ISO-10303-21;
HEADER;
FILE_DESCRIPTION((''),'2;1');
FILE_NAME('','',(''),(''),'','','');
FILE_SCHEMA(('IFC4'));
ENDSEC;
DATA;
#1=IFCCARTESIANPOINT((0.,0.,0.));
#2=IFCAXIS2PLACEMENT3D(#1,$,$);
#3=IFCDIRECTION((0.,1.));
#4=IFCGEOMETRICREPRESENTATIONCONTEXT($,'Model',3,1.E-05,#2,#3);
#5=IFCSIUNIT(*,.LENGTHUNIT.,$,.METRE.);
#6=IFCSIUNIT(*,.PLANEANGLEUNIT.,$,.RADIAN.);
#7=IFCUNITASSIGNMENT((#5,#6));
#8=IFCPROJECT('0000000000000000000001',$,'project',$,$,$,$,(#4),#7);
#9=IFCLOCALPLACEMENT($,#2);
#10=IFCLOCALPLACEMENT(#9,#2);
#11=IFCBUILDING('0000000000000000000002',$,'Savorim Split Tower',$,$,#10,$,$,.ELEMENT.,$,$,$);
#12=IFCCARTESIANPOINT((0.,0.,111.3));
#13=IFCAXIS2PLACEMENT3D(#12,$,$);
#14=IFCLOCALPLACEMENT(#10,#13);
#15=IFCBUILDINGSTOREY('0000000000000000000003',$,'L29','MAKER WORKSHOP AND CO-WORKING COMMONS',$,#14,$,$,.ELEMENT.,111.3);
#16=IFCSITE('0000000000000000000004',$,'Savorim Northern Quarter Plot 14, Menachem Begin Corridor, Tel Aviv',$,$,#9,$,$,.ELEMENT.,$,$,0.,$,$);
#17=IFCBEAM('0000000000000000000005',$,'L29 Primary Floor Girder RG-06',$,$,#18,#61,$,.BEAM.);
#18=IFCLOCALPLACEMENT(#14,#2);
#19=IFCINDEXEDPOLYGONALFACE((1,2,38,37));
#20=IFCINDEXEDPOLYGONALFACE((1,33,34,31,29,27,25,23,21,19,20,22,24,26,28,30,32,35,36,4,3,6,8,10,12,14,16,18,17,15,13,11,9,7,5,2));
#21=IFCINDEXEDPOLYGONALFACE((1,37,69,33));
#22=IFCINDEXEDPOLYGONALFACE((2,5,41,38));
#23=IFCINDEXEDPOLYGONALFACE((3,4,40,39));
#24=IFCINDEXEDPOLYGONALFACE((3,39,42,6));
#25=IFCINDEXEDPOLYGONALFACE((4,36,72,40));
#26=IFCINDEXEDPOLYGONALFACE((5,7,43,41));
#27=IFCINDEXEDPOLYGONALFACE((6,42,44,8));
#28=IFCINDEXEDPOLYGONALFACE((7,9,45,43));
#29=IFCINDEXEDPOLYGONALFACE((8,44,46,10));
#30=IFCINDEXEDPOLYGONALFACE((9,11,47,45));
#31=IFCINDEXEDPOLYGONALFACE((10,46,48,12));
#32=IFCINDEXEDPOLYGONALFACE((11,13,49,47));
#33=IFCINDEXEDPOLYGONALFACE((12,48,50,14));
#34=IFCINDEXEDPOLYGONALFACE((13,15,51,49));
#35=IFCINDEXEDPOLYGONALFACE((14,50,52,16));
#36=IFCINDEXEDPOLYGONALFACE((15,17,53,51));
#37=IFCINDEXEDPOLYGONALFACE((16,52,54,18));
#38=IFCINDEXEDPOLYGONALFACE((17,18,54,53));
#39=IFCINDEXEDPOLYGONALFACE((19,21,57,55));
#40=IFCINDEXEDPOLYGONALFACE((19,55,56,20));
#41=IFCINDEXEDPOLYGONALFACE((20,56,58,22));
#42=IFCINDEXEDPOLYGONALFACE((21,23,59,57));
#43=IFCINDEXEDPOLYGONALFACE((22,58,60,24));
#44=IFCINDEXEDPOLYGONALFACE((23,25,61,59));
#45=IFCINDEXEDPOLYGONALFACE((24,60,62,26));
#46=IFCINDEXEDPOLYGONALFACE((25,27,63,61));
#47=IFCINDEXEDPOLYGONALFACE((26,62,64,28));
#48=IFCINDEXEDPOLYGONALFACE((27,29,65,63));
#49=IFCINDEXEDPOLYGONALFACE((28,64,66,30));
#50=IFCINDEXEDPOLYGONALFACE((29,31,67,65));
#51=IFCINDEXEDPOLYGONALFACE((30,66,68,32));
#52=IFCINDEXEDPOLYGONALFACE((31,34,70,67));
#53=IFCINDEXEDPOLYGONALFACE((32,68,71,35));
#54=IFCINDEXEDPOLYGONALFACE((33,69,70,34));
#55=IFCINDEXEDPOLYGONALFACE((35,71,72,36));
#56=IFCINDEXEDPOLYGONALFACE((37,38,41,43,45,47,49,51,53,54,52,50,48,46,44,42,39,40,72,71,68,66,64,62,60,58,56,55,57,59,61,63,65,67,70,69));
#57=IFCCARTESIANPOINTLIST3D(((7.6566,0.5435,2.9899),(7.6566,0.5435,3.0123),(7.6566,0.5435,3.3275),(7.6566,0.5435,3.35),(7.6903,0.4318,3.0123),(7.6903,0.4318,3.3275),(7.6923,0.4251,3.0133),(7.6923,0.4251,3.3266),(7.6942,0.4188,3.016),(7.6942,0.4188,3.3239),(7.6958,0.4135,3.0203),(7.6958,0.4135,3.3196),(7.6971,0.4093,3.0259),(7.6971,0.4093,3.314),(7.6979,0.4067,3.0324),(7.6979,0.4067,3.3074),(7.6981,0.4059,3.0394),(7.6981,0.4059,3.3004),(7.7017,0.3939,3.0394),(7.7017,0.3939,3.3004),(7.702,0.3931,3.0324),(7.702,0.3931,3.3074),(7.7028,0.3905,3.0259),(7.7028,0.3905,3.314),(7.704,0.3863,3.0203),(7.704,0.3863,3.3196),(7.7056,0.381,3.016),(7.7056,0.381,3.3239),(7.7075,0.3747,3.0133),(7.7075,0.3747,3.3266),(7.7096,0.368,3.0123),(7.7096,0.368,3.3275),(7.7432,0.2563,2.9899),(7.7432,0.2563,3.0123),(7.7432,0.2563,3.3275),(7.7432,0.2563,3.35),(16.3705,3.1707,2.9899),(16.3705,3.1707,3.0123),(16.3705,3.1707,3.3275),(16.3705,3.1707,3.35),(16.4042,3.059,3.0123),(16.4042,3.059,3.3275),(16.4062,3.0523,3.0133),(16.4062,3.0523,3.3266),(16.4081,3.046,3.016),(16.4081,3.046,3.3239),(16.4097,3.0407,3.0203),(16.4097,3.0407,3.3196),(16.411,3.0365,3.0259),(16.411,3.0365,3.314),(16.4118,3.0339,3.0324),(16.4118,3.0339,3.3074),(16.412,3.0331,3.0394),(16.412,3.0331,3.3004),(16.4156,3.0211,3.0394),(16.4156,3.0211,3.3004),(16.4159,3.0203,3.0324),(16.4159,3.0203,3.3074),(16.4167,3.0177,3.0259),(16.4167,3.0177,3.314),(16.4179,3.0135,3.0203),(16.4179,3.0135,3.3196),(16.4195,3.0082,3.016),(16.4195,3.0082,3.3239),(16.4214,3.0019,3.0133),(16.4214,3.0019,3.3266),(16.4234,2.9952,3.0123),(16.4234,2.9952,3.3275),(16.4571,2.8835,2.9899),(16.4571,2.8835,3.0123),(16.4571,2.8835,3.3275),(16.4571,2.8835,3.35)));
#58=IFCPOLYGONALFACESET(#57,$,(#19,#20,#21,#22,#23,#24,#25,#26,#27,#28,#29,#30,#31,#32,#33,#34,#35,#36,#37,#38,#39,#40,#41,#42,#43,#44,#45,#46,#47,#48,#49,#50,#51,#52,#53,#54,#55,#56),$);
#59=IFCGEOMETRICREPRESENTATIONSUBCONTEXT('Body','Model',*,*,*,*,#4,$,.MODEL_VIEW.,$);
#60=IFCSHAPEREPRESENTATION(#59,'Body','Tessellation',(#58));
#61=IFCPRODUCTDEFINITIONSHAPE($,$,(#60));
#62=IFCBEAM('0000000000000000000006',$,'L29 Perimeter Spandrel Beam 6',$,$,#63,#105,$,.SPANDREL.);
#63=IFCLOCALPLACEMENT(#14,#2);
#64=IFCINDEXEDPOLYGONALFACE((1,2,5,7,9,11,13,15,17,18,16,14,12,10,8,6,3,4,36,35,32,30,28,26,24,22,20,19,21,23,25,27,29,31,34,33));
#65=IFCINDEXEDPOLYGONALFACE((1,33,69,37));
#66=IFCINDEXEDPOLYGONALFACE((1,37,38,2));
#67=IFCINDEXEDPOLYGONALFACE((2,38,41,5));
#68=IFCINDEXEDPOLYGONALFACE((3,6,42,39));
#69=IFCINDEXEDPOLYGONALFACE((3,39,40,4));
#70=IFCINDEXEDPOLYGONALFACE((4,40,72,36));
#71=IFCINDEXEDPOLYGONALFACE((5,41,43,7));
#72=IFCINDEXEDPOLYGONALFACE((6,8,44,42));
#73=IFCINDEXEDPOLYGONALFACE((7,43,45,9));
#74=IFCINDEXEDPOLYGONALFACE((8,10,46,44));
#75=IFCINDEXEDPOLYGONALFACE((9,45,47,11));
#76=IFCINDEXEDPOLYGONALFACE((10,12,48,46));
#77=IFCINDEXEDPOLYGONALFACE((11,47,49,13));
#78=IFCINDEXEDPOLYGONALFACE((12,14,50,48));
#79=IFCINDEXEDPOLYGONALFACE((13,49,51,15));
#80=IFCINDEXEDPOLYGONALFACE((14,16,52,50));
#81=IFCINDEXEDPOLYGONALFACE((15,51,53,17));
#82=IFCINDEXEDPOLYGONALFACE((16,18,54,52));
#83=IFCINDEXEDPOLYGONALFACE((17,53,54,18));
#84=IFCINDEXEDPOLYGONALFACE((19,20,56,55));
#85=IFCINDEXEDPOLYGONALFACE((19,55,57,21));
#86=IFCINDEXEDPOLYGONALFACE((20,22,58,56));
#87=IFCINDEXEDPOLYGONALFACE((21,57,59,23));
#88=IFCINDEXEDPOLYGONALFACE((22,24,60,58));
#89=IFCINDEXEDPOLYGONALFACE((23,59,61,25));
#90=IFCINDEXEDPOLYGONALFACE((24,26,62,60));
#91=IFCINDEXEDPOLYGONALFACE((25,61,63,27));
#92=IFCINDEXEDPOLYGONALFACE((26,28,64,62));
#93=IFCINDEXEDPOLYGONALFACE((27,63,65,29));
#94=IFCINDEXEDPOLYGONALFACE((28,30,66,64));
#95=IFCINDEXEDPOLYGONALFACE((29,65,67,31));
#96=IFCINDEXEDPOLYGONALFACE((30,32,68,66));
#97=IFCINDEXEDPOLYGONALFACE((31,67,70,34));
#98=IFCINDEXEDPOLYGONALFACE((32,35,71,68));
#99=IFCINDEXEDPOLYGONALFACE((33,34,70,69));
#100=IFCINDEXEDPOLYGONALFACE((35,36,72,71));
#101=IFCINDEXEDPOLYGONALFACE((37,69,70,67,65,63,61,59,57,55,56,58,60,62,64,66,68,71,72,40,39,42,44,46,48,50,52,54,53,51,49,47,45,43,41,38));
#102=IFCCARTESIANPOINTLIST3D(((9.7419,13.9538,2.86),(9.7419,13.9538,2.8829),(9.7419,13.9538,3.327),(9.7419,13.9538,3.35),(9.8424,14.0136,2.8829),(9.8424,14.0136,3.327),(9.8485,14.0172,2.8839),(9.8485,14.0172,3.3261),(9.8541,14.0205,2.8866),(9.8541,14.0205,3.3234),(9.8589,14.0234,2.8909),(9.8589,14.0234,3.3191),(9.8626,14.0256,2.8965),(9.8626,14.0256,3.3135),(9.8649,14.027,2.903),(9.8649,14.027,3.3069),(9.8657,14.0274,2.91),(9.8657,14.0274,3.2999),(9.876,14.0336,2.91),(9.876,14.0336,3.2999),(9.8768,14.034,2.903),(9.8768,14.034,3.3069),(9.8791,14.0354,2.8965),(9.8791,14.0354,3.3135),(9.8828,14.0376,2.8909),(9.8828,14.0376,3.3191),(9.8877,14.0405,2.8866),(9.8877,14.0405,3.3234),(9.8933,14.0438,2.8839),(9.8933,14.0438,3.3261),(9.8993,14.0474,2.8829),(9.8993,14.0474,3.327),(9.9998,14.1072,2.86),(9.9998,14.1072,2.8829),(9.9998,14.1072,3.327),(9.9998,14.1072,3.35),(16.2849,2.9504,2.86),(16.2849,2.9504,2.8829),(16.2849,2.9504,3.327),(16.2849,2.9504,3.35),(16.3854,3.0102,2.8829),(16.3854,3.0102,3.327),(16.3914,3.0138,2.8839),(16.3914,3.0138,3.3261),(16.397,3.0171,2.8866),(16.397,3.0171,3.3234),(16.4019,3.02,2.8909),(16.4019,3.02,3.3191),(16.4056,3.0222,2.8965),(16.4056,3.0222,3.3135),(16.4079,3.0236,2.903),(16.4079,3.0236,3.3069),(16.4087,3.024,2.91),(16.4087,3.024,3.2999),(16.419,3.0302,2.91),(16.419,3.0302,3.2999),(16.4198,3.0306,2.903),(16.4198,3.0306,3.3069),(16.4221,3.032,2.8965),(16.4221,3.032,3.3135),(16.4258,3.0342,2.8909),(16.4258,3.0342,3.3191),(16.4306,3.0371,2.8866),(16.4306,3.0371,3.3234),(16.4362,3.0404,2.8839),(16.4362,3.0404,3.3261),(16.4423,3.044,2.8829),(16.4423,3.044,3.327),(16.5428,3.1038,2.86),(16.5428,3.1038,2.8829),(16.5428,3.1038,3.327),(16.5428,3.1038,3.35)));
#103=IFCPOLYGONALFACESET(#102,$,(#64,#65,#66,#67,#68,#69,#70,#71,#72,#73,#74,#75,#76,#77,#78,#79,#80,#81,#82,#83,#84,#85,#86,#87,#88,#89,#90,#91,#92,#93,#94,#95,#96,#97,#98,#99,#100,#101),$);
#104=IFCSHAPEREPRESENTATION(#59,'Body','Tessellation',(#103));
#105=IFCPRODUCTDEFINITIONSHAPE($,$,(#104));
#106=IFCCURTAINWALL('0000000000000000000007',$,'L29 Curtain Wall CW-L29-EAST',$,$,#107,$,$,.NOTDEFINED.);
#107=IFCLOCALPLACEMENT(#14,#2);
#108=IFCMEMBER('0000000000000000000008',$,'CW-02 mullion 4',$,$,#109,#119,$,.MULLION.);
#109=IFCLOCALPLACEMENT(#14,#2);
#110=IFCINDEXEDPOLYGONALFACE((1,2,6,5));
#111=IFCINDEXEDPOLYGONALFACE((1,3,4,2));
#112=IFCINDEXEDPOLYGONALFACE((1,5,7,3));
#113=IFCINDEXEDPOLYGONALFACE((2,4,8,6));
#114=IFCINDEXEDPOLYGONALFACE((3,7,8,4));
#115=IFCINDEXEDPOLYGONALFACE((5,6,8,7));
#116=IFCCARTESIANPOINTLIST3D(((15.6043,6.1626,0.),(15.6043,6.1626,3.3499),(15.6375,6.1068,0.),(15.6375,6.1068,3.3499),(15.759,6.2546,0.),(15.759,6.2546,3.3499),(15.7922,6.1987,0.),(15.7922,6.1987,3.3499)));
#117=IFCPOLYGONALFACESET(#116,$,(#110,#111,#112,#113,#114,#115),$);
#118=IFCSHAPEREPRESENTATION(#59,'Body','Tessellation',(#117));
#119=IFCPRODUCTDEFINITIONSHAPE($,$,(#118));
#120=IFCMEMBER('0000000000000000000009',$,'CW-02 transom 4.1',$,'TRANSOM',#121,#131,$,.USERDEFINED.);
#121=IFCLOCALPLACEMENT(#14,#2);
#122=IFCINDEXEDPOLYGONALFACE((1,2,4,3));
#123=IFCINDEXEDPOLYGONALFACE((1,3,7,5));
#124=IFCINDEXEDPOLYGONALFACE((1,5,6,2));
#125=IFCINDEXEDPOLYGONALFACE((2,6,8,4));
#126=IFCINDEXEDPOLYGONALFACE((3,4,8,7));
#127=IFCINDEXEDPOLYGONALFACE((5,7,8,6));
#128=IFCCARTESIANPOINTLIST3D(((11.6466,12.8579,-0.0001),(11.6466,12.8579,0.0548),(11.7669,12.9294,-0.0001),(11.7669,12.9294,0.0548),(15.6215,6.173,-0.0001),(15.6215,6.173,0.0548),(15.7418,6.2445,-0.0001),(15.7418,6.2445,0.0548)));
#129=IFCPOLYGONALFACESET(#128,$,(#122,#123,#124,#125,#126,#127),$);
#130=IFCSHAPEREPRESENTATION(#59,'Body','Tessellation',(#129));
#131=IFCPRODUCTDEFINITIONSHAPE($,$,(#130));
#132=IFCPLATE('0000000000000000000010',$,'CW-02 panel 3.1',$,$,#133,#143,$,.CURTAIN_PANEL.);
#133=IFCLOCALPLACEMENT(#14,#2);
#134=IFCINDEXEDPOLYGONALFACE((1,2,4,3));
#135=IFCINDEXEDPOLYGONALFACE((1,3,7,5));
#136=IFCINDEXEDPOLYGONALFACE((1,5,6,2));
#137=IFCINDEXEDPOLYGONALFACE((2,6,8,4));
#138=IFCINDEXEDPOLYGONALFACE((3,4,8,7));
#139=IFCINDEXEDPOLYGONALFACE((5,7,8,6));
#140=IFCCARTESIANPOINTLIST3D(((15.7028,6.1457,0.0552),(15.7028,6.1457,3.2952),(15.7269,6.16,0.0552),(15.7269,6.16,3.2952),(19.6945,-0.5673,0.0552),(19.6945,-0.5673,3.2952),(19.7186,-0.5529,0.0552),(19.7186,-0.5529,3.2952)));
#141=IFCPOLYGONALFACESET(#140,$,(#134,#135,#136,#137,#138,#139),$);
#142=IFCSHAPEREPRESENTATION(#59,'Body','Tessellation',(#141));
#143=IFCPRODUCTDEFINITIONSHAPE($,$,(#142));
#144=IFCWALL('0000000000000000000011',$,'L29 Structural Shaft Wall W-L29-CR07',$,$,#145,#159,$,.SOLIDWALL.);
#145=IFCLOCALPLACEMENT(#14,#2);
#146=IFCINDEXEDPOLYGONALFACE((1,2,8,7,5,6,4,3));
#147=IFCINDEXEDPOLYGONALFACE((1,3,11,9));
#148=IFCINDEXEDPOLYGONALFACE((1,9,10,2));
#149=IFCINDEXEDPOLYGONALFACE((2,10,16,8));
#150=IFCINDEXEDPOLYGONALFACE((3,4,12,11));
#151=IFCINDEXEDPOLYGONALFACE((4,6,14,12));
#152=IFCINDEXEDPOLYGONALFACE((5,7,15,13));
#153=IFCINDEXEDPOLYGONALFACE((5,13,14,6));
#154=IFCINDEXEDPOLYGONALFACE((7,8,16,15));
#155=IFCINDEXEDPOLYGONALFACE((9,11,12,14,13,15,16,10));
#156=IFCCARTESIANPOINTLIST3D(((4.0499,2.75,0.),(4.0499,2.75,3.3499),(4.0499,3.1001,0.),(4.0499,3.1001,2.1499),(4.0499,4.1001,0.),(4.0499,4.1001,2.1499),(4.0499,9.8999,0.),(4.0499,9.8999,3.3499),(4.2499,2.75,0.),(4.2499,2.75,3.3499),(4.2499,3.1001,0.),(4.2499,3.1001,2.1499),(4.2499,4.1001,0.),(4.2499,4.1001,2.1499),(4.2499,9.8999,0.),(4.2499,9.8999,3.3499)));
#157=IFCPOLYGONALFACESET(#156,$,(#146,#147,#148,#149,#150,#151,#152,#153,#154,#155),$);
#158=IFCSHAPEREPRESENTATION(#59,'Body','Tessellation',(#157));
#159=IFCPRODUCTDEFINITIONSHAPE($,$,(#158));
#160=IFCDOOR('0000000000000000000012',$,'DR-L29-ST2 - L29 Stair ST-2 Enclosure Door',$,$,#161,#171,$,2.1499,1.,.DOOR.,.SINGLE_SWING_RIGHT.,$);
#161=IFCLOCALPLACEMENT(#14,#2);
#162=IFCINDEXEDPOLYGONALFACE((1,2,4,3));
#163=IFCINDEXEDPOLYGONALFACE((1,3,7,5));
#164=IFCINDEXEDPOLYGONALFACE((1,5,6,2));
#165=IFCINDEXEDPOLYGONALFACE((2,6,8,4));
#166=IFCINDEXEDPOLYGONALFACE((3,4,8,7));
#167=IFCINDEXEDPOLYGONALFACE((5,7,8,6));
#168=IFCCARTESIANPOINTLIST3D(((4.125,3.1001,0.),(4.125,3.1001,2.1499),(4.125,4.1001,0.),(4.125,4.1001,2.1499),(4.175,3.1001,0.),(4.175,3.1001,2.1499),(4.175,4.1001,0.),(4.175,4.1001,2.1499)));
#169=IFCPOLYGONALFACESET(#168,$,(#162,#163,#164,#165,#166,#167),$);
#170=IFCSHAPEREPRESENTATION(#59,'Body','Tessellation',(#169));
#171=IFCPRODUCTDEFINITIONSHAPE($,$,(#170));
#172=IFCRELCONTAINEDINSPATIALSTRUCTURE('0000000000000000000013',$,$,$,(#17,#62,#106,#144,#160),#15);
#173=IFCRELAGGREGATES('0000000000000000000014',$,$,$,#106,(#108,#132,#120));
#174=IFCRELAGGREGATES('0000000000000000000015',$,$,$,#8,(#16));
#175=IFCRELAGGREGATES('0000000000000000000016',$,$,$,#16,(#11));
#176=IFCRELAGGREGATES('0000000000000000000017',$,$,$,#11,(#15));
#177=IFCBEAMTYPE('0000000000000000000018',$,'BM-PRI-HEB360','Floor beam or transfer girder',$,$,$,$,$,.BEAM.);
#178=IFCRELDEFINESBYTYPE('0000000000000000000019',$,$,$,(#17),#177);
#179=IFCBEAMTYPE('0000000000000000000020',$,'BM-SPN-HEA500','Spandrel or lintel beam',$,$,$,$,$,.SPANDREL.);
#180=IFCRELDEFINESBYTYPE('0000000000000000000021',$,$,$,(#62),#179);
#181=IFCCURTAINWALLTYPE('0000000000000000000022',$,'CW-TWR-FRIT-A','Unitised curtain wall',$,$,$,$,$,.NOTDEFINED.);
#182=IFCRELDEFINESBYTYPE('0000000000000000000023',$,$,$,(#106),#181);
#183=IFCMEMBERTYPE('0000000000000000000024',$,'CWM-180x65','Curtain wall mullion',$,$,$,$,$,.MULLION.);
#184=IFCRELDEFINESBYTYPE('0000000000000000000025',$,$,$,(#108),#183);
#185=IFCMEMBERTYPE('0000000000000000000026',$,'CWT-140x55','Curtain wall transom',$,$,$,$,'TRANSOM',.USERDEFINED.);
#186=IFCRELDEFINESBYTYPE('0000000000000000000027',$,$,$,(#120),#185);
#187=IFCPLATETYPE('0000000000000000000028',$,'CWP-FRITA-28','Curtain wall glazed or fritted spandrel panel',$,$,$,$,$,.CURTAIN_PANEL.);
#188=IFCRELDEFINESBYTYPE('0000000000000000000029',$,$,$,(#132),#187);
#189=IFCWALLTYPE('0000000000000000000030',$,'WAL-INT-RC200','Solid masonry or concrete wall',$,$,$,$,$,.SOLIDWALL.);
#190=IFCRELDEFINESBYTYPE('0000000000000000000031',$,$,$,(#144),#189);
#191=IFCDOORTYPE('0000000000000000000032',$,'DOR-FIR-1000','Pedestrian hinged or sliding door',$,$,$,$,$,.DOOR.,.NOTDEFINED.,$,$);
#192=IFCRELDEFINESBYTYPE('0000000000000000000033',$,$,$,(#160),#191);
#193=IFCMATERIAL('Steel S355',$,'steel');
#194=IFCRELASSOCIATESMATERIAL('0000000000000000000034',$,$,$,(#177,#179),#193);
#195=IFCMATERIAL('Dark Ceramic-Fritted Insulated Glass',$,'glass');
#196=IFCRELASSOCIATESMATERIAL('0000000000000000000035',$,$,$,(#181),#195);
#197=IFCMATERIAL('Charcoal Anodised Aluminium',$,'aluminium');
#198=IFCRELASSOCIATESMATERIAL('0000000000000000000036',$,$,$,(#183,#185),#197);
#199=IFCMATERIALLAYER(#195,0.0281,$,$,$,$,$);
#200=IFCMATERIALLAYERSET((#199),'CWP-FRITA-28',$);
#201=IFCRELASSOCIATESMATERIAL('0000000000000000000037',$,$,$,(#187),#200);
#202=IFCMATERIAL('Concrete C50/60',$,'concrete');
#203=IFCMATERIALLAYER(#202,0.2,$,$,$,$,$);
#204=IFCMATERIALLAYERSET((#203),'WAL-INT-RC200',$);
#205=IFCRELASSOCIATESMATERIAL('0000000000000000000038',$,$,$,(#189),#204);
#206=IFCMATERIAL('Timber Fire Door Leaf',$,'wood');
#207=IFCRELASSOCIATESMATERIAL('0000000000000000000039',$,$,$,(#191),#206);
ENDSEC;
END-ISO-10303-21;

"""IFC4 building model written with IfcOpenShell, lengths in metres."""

from ifc_helpers import new_model, si_unit, direction, frame, frame_2d, origin, origin_2d, place, context, subcontext, project, spatial, rectangle, i_section, extrude, material, layer, layer_set, material_profile, profile_set, type_object, element, fill, aggregate, save


model = new_model("IFC4")

# Units and contexts
model_context = context("Model", 3, precision=1e-05, world=origin(), true_north=direction((0.0, 1.0)))
body_context = subcontext(model_context, "Body", "Model", "MODEL_VIEW")
ifc_project = project(units=[si_unit("LENGTHUNIT", "METRE"), si_unit("PLANEANGLEUNIT", "RADIAN")], contexts=[model_context])

# Site, building, storey
site_placement = place(None, origin())
site = spatial("IfcSite", under=ifc_project, at=site_placement, Name="Savorim Northern Quarter Plot 14, Menachem Begin Corridor, Tel Aviv", CompositionType="ELEMENT", RefElevation=0.0)
building_placement = place(site_placement, origin())
building = spatial("IfcBuilding", under=site, at=building_placement, Name="Savorim Split Tower", CompositionType="ELEMENT")
storey_placement = place(building_placement, frame((0.0, 0.0, 111.3)))
storey = spatial("IfcBuildingStorey", under=building, at=storey_placement, Name="L29", Description="MAKER WORKSHOP AND CO-WORKING COMMONS", CompositionType="ELEMENT", Elevation=111.3)

# Beams
ifc_material_1 = material(Name="Steel S355", Category="steel")
ifc_material_profile_1 = material_profile(ifc_material_1, i_section(OverallWidth=0.3, OverallDepth=0.3601, WebThickness=0.0125, FlangeThickness=0.0225, FilletRadius=0.0271, at=origin_2d()), Name="HEB 360")
ifc_profile_set_1 = profile_set([ifc_material_profile_1], Name="Steel S355")
beam_type_1 = type_object("IfcBeamType", Name="BM-PRI-HEB360", Description="Floor beam or transfer girder", PredefinedType="BEAM", material=ifc_profile_set_1)
beam_1_placement = place(storey_placement, frame((16.4138, 3.0271, 3.1699), z_axis=(-0.957431, -0.288662, 0.0), x_axis=(0.288662, -0.957431, 0.0)))
element("IfcBeam", 1, at=beam_1_placement, inside=storey, type_object=beam_type_1, Name="L29 Primary Floor Girder RG-06", PredefinedType="BEAM", context=body_context, shape_type="SweptSolid", body=[
    extrude(i_section(OverallWidth=0.3, OverallDepth=0.3601, WebThickness=0.0125, FlangeThickness=0.0225, FilletRadius=0.0271, at=origin_2d()), origin(), (0.0, 0.0, 1.0), 9.1013),
])
ifc_material_profile_2 = material_profile(ifc_material_1, i_section(OverallWidth=0.3, OverallDepth=0.49, WebThickness=0.012, FlangeThickness=0.0229, FilletRadius=0.0271, at=origin_2d()), Name="HEA 500")
ifc_profile_set_2 = profile_set([ifc_material_profile_2], Name="Steel S355")
beam_type_2 = type_object("IfcBeamType", Name="BM-SPN-HEA500", Description="Spandrel or lintel beam", PredefinedType="SPANDREL", material=ifc_profile_set_2)
beam_2_placement = place(storey_placement, frame((16.4138, 3.0271, 3.105), z_axis=(-0.511098, 0.859522, 0.0), x_axis=(-0.859522, -0.511098, 0.0)))
element("IfcBeam", 2, at=beam_2_placement, inside=storey, type_object=beam_type_2, Name="L29 Perimeter Spandrel Beam 6", PredefinedType="SPANDREL", context=body_context, shape_type="SweptSolid", body=[
    extrude(i_section(OverallWidth=0.3, OverallDepth=0.49, WebThickness=0.012, FlangeThickness=0.0229, FilletRadius=0.0271, at=origin_2d()), origin(), (0.0, 0.0, 1.0), 12.8018),
])

# Curtain wall, members, plate
ifc_material_2 = material(Name="Dark Ceramic-Fritted Insulated Glass", Category="glass")
curtain_wall_type = type_object("IfcCurtainWallType", Name="CW-TWR-FRIT-A", Description="Unitised curtain wall", PredefinedType="NOTDEFINED", material=ifc_material_2)
curtain_wall_placement = place(storey_placement, origin())
curtain_wall = element("IfcCurtainWall", 3, at=curtain_wall_placement, inside=storey, type_object=curtain_wall_type, Name="L29 Curtain Wall CW-L29-EAST", PredefinedType="NOTDEFINED")
ifc_material_3 = material(Name="Charcoal Anodised Aluminium", Category="aluminium")
ifc_material_profile_3 = material_profile(ifc_material_3, rectangle(XDim=0.1799, YDim=0.0649, at=origin_2d()), Name="ALU-M 180x65")
ifc_profile_set_3 = profile_set([ifc_material_profile_3], Name="Charcoal Anodised Aluminium")
member_type_1 = type_object("IfcMemberType", Name="CWM-180x65", Description="Curtain wall mullion", PredefinedType="MULLION", material=ifc_profile_set_3)
member_1_placement = place(storey_placement, frame((15.6982, 6.1807, 0.0), z_axis=(0.0, 0.0, 1.0), x_axis=(-0.859525, -0.511093, 0.0)))
member_1 = element("IfcMember", 4, at=member_1_placement, type_object=member_type_1, Name="CW-02 mullion 4", PredefinedType="MULLION", context=body_context, shape_type="SweptSolid", body=[
    extrude(rectangle(XDim=0.1799, YDim=0.0649, at=origin_2d()), origin(), (0.0, 0.0, 1.0), 3.3499),
])
ifc_material_profile_4 = material_profile(ifc_material_3, rectangle(XDim=0.1399, YDim=0.0549, at=origin_2d()), Name="ALU-T 140x55")
ifc_profile_set_4 = profile_set([ifc_material_profile_4], Name="Charcoal Anodised Aluminium")
member_type_2 = type_object("IfcMemberType", Name="CWT-140x55", Description="Curtain wall transom", ElementType="TRANSOM", PredefinedType="USERDEFINED", material=ifc_profile_set_4)
member_2_placement = place(storey_placement, frame((15.6816, 6.2087, 0.0273), z_axis=(-0.511085, 0.85953, 0.0), x_axis=(-0.85953, -0.511085, 0.0)))
member_2 = element("IfcMember", 5, at=member_2_placement, type_object=member_type_2, Name="CW-02 transom 4.1", ObjectType="TRANSOM", PredefinedType="USERDEFINED", context=body_context, shape_type="SweptSolid", body=[
    extrude(rectangle(XDim=0.1399, YDim=0.0549, at=origin_2d()), origin(), (0.0, 0.0, 1.0), 7.7773),
])
ifc_layer_1 = layer(ifc_material_2, 0.0281)
ifc_layer_set_1 = layer_set([ifc_layer_1], Name="CWP-FRITA-28")
plate_type = type_object("IfcPlateType", Name="CWP-FRITA-28", Description="Curtain wall glazed or fritted spandrel panel", PredefinedType="CURTAIN_PANEL", material=ifc_layer_set_1)
plate_placement = place(storey_placement, frame((17.7107, 2.7964, 0.0552), z_axis=(0.0, 0.0, 1.0), x_axis=(-0.511093, 0.859525, 0.0)))
plate = element("IfcPlate", 6, at=plate_placement, type_object=plate_type, Name="CW-02 panel 3.1", PredefinedType="CURTAIN_PANEL", context=body_context, shape_type="SweptSolid", body=[
    extrude(rectangle(XDim=7.8101, YDim=0.0281, at=origin_2d()), origin(), (0.0, 0.0, 1.0), 3.24),
])
aggregate(curtain_wall, [member_1, plate, member_2])

# Wall, opening, door
ifc_material_4 = material(Name="Concrete C50/60", Category="concrete")
ifc_layer_2 = layer(ifc_material_4, 0.2)
ifc_layer_set_2 = layer_set([ifc_layer_2], Name="WAL-INT-RC200")
wall_type_1 = type_object("IfcWallType", Name="WAL-INT-RC200", Description="Solid masonry or concrete wall", PredefinedType="SOLIDWALL", material=ifc_layer_set_2)
wall_1_placement = place(storey_placement, frame((4.1499, 2.75, 0.0), z_axis=(0.0, 0.0, 1.0), x_axis=(0.0, 1.0, 0.0)))
wall_1 = element("IfcWall", 7, at=wall_1_placement, inside=storey, type_object=wall_type_1, Name="L29 Structural Shaft Wall W-L29-CR07", PredefinedType="SOLIDWALL", context=body_context, shape_type="SweptSolid", body=[
    extrude(rectangle(XDim=7.1499, YDim=0.2, at=frame_2d((3.575, 0.0))), origin(), (0.0, 0.0, 1.0), 3.3499),
])
opening_placement = place(wall_1_placement, frame((0.3501, 0.0, 0.0)))
opening = element("IfcOpeningElement", 8, at=opening_placement, cuts=wall_1, PredefinedType="OPENING", context=body_context, shape_type="SweptSolid", body=[
    extrude(rectangle(XDim=1.0, YDim=2.1499, at=frame_2d((0.5, 1.075))), frame((0.0, 0.1099, 0.0), z_axis=(0.0, -1.0, 0.0), x_axis=(1.0, 0.0, 0.0)), (0.0, 0.0, 1.0), 0.22),
])
ifc_material_5 = material(Name="Timber Fire Door Leaf", Category="wood")
door_type = type_object("IfcDoorType", Name="DOR-FIR-1000", Description="Pedestrian hinged or sliding door", OperationType="NOTDEFINED", PredefinedType="DOOR", material=ifc_material_5)
door_placement = place(opening_placement, origin())
door = element("IfcDoor", 9, at=door_placement, inside=storey, type_object=door_type, Name="DR-L29-ST2 - L29 Stair ST-2 Enclosure Door", OperationType="SINGLE_SWING_RIGHT", OverallHeight=2.1499, OverallWidth=1.0, PredefinedType="DOOR", context=body_context, shape_type="SweptSolid", body=[
    extrude(rectangle(XDim=1.0, YDim=2.1499, at=frame_2d((0.5, 1.075))), frame((0.0, 0.0249, 0.0), z_axis=(0.0, -1.0, 0.0), x_axis=(1.0, 0.0, 0.0)), (0.0, 0.0, 1.0), 0.05),
])
fill(opening, door)

save(model, "model.ifc")
